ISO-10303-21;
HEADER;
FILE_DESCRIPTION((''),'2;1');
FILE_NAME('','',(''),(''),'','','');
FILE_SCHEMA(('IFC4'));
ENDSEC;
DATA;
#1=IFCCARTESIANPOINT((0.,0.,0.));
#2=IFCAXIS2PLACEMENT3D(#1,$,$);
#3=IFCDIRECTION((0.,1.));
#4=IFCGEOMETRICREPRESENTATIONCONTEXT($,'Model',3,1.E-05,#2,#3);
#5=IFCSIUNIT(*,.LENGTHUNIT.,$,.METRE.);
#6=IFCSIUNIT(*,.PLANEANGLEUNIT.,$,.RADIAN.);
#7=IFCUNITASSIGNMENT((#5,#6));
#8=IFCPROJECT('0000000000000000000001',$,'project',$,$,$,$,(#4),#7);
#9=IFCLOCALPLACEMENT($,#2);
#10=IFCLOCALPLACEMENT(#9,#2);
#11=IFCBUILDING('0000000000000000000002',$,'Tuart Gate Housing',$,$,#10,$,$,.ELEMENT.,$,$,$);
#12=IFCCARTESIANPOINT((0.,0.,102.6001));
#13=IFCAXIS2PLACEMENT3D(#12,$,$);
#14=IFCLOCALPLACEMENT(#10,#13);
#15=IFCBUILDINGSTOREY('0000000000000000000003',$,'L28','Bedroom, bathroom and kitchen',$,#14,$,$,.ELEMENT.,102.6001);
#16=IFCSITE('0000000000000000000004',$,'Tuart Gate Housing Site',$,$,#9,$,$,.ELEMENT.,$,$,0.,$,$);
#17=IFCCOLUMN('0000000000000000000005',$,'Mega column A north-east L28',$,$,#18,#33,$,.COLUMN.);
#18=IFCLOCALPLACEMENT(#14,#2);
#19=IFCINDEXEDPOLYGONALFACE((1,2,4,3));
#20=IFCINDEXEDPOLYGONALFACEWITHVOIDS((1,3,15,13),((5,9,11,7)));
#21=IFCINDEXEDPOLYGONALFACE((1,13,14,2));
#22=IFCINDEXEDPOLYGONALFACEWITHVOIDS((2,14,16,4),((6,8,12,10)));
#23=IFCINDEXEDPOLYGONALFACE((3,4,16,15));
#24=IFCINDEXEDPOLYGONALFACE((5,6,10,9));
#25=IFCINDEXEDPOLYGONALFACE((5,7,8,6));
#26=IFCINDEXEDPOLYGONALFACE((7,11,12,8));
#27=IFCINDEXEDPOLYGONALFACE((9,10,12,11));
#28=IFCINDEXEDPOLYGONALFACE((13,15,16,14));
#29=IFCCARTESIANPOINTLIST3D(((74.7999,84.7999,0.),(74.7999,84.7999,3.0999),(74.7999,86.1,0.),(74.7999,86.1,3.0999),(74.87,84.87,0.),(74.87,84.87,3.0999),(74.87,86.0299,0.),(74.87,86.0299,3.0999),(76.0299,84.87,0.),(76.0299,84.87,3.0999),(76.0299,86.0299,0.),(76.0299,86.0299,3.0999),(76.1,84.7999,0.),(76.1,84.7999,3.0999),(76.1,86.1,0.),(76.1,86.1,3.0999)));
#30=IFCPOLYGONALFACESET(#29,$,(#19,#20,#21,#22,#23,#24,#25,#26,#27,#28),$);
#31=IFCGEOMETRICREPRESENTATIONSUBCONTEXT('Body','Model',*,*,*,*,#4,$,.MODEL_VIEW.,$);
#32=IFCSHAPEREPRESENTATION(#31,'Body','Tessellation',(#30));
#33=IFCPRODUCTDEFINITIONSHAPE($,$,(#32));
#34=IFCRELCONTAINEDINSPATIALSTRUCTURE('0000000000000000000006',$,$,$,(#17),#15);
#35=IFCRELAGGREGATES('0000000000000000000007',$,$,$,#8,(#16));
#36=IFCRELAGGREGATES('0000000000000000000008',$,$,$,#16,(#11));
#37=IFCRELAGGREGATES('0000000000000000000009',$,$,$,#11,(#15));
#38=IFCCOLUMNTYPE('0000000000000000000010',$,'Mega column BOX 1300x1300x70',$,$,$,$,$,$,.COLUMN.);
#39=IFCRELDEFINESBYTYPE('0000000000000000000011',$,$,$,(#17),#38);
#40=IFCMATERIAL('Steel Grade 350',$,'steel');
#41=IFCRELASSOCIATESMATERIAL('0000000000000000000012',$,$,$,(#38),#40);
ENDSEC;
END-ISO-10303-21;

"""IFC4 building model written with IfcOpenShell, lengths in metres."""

from ifc_helpers import new_model, si_unit, direction, frame, origin, origin_2d, place, context, subcontext, project, spatial, hollow_rectangle, extrude, material, material_profile, profile_set, type_object, element, save


model = new_model("IFC4")

# Units and contexts
model_context = context("Model", 3, precision=1e-05, world=origin(), true_north=direction((0.0, 1.0)))
body_context = subcontext(model_context, "Body", "Model", "MODEL_VIEW")
ifc_project = project(units=[si_unit("LENGTHUNIT", "METRE"), si_unit("PLANEANGLEUNIT", "RADIAN")], contexts=[model_context])

# Site, building, storey
site_placement = place(None, origin())
site = spatial("IfcSite", under=ifc_project, at=site_placement, Name="Tuart Gate Housing Site", CompositionType="ELEMENT", RefElevation=0.0)
building_placement = place(site_placement, origin())
building = spatial("IfcBuilding", under=site, at=building_placement, Name="Tuart Gate Housing", CompositionType="ELEMENT")
storey_placement = place(building_placement, frame((0.0, 0.0, 102.6001)))
storey = spatial("IfcBuildingStorey", under=building, at=storey_placement, Name="L28", Description="Bedroom, bathroom and kitchen", CompositionType="ELEMENT", Elevation=102.6001)

# Column
ifc_material_1 = material(Name="Steel Grade 350", Category="steel")
ifc_material_profile = material_profile(ifc_material_1, hollow_rectangle(XDim=1.3, YDim=1.3, WallThickness=0.0701, at=origin_2d()), Name="BOX 1300x1300x70")
ifc_profile_set = profile_set([ifc_material_profile], Name="Steel Grade 350")
column_type = type_object("IfcColumnType", Name="Mega column BOX 1300x1300x70", PredefinedType="COLUMN", material=ifc_profile_set)
column_placement = place(storey_placement, frame((75.45, 85.45, 0.0), z_axis=(0.0, 0.0, 1.0), x_axis=(1.0, 0.0, 0.0)))
element("IfcColumn", 1, at=column_placement, inside=storey, type_object=column_type, Name="Mega column A north-east L28", PredefinedType="COLUMN", context=body_context, shape_type="SweptSolid", body=[
    extrude(hollow_rectangle(XDim=1.3, YDim=1.3, WallThickness=0.0701, at=origin_2d()), origin(), (0.0, 0.0, 1.0), 3.0999),
])

save(model, "model.ifc")
